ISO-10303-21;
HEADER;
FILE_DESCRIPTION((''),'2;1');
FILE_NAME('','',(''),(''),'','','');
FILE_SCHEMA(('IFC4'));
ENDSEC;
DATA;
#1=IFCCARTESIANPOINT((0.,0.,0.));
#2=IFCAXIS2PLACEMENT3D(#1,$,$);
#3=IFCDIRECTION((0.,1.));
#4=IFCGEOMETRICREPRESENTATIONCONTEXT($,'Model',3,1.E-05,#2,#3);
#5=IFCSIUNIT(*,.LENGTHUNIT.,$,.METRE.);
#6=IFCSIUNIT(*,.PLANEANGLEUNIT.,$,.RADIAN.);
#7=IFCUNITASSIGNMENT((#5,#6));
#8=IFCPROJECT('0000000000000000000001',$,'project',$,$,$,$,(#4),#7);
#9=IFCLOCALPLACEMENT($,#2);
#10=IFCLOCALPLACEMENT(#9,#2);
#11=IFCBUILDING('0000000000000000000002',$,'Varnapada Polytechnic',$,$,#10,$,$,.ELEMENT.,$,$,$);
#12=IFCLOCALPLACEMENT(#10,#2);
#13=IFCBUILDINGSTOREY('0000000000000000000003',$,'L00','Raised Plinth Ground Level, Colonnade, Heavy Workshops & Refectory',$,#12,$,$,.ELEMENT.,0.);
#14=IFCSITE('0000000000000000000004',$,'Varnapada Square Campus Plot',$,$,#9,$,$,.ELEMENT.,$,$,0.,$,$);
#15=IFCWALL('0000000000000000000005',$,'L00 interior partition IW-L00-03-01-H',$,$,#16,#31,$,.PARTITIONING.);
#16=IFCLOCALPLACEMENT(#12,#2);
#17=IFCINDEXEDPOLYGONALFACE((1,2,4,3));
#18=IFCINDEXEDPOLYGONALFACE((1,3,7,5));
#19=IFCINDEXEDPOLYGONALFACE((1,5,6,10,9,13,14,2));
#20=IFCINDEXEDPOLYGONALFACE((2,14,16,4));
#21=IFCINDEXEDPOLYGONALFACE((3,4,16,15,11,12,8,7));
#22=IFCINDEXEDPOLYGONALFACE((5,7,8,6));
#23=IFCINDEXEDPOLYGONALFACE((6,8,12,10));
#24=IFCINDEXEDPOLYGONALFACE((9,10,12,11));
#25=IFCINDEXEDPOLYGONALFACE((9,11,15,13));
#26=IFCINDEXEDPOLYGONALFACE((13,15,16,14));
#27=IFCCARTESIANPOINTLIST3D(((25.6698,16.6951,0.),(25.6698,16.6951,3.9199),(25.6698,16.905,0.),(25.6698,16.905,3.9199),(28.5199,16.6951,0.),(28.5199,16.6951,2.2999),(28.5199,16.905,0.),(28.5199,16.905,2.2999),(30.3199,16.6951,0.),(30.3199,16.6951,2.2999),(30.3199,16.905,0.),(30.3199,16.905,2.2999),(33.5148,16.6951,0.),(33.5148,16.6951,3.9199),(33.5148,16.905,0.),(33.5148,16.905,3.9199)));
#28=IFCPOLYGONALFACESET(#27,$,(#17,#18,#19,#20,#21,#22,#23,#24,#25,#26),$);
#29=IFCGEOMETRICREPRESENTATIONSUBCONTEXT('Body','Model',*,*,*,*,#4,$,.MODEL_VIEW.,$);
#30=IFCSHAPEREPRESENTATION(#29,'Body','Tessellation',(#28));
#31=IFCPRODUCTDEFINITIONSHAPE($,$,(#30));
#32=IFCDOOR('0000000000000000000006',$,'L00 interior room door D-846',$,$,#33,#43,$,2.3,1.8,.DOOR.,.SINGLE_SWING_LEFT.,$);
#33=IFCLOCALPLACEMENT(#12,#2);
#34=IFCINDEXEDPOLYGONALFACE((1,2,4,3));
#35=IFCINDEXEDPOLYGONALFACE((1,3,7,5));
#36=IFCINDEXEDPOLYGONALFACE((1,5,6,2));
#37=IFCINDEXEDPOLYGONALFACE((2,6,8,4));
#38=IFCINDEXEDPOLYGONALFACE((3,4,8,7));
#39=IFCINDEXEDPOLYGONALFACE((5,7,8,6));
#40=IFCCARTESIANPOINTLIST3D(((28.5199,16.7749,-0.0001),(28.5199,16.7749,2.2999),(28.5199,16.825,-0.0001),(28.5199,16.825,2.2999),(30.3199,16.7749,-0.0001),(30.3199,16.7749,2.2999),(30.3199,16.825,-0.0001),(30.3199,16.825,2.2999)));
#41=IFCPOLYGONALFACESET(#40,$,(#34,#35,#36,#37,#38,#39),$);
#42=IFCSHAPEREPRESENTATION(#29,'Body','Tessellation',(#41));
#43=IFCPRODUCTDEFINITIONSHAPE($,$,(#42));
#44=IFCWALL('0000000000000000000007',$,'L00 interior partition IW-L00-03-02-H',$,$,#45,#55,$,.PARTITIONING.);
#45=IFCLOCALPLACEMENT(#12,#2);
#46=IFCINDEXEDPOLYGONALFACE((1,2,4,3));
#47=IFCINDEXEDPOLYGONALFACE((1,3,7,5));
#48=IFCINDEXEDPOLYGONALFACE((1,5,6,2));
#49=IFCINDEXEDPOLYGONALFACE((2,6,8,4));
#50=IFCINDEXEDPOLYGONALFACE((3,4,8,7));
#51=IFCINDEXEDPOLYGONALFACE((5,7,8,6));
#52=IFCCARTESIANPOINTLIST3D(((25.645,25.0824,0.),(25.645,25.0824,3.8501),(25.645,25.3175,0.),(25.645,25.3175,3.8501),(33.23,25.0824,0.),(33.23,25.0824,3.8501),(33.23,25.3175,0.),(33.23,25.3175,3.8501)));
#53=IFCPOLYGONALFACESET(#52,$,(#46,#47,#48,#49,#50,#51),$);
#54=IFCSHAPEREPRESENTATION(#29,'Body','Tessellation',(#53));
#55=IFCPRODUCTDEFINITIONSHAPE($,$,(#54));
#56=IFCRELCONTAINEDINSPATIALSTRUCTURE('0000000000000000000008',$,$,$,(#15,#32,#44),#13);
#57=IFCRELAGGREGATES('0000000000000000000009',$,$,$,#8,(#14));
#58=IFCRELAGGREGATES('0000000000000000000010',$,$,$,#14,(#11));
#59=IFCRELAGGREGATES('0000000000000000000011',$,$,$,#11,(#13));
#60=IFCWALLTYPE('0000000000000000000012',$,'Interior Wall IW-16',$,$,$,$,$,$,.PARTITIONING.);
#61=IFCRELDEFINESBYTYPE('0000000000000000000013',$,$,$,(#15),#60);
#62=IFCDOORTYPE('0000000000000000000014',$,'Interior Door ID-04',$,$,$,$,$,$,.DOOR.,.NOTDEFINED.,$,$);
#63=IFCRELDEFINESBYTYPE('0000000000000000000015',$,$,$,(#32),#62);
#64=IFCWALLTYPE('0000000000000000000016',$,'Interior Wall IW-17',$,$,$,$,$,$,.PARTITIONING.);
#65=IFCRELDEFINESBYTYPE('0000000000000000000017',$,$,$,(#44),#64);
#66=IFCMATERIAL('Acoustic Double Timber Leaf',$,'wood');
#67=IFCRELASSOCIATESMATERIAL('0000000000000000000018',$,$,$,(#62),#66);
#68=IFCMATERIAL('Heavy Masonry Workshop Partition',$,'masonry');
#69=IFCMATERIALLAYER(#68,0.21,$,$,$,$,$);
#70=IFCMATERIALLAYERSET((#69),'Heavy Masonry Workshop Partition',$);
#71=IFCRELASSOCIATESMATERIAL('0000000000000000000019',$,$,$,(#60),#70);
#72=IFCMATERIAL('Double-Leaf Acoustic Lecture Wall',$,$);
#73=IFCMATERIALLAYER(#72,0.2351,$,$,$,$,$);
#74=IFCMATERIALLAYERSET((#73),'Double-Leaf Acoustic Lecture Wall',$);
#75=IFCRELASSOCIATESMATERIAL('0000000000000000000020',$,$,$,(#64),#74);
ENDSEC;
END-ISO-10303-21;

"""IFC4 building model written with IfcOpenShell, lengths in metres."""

from ifc_helpers import new_model, si_unit, direction, frame, frame_2d, origin, place, context, subcontext, project, spatial, rectangle, extrude, material, layer, layer_set, type_object, element, fill, save


model = new_model("IFC4")

# Units and contexts
model_context = context("Model", 3, precision=1e-05, world=origin(), true_north=direction((0.0, 1.0)))
body_context = subcontext(model_context, "Body", "Model", "MODEL_VIEW")
ifc_project = project(units=[si_unit("LENGTHUNIT", "METRE"), si_unit("PLANEANGLEUNIT", "RADIAN")], contexts=[model_context])

# Site, building, storey
site_placement = place(None, origin())
site = spatial("IfcSite", under=ifc_project, at=site_placement, Name="Varnapada Square Campus Plot", CompositionType="ELEMENT", RefElevation=0.0)
building_placement = place(site_placement, origin())
building = spatial("IfcBuilding", under=site, at=building_placement, Name="Varnapada Polytechnic", CompositionType="ELEMENT")
storey_placement = place(building_placement, origin())
storey = spatial("IfcBuildingStorey", under=building, at=storey_placement, Name="L00", Description="Raised Plinth Ground Level, Colonnade, Heavy Workshops & Refectory", CompositionType="ELEMENT", Elevation=0.0)

# Shared definitions
ifc_material_1 = material(Name="Acoustic Double Timber Leaf", Category="wood")
door_type = type_object("IfcDoorType", Name="Interior Door ID-04", OperationType="NOTDEFINED", PredefinedType="DOOR", material=ifc_material_1)

# Wall, opening, door
ifc_material_2 = material(Name="Heavy Masonry Workshop Partition", Category="masonry")
ifc_layer_1 = layer(ifc_material_2, 0.21)
ifc_layer_set_1 = layer_set([ifc_layer_1], Name="Heavy Masonry Workshop Partition")
wall_type_1 = type_object("IfcWallType", Name="Interior Wall IW-16", PredefinedType="PARTITIONING", material=ifc_layer_set_1)
wall_1_placement = place(storey_placement, frame((25.6699, 16.8, 0.0), z_axis=(0.0, 0.0, 1.0), x_axis=(1.0, 0.0, 0.0)))
wall_1 = element("IfcWall", 1, at=wall_1_placement, inside=storey, type_object=wall_type_1, Name="L00 interior partition IW-L00-03-01-H", PredefinedType="PARTITIONING", context=body_context, shape_type="SweptSolid", body=[
    extrude(rectangle(XDim=7.845, YDim=0.21, at=frame_2d((3.9224, 0.0))), origin(), (0.0, 0.0, 1.0), 3.9199),
])
opening_1_placement = place(wall_1_placement, frame((2.8501, 0.0, 0.0)))
opening_1 = element("IfcOpeningElement", 2, at=opening_1_placement, cuts=wall_1, PredefinedType="OPENING", context=body_context, shape_type="SweptSolid", body=[
    extrude(rectangle(XDim=1.8, YDim=2.3, at=frame_2d((0.8999, 1.1499))), frame((0.0, 0.115, 0.0), z_axis=(0.0, -1.0, 0.0), x_axis=(1.0, 0.0, 0.0)), (0.0, 0.0, 1.0), 0.23),
])
door_1_placement = place(opening_1_placement, origin())
door_1 = element("IfcDoor", 3, at=door_1_placement, inside=storey, type_object=door_type, Name="L00 interior room door D-846", OperationType="SINGLE_SWING_LEFT", OverallHeight=2.3, OverallWidth=1.8, PredefinedType="DOOR", context=body_context, shape_type="SweptSolid", body=[
    extrude(rectangle(XDim=1.8, YDim=2.3, at=frame_2d((0.8999, 1.1499))), frame((0.0, 0.0249, 0.0), z_axis=(0.0, -1.0, 0.0), x_axis=(1.0, 0.0, 0.0)), (0.0, 0.0, 1.0), 0.05),
])
fill(opening_1, door_1)

# Wall
ifc_material_3 = material(Name="Double-Leaf Acoustic Lecture Wall")
ifc_layer_2 = layer(ifc_material_3, 0.2351)
ifc_layer_set_2 = layer_set([ifc_layer_2], Name="Double-Leaf Acoustic Lecture Wall")
wall_type_2 = type_object("IfcWallType", Name="Interior Wall IW-17", PredefinedType="PARTITIONING", material=ifc_layer_set_2)
wall_2_placement = place(storey_placement, frame((25.645, 25.2, 0.0), z_axis=(0.0, 0.0, 1.0), x_axis=(1.0, 0.0, 0.0)))
element("IfcWall", 4, at=wall_2_placement, inside=storey, type_object=wall_type_2, Name="L00 interior partition IW-L00-03-02-H", PredefinedType="PARTITIONING", context=body_context, shape_type="SweptSolid", body=[
    extrude(rectangle(XDim=7.585, YDim=0.2351, at=frame_2d((3.7925, 0.0))), origin(), (0.0, 0.0, 1.0), 3.8501),
])

save(model, "model.ifc")
